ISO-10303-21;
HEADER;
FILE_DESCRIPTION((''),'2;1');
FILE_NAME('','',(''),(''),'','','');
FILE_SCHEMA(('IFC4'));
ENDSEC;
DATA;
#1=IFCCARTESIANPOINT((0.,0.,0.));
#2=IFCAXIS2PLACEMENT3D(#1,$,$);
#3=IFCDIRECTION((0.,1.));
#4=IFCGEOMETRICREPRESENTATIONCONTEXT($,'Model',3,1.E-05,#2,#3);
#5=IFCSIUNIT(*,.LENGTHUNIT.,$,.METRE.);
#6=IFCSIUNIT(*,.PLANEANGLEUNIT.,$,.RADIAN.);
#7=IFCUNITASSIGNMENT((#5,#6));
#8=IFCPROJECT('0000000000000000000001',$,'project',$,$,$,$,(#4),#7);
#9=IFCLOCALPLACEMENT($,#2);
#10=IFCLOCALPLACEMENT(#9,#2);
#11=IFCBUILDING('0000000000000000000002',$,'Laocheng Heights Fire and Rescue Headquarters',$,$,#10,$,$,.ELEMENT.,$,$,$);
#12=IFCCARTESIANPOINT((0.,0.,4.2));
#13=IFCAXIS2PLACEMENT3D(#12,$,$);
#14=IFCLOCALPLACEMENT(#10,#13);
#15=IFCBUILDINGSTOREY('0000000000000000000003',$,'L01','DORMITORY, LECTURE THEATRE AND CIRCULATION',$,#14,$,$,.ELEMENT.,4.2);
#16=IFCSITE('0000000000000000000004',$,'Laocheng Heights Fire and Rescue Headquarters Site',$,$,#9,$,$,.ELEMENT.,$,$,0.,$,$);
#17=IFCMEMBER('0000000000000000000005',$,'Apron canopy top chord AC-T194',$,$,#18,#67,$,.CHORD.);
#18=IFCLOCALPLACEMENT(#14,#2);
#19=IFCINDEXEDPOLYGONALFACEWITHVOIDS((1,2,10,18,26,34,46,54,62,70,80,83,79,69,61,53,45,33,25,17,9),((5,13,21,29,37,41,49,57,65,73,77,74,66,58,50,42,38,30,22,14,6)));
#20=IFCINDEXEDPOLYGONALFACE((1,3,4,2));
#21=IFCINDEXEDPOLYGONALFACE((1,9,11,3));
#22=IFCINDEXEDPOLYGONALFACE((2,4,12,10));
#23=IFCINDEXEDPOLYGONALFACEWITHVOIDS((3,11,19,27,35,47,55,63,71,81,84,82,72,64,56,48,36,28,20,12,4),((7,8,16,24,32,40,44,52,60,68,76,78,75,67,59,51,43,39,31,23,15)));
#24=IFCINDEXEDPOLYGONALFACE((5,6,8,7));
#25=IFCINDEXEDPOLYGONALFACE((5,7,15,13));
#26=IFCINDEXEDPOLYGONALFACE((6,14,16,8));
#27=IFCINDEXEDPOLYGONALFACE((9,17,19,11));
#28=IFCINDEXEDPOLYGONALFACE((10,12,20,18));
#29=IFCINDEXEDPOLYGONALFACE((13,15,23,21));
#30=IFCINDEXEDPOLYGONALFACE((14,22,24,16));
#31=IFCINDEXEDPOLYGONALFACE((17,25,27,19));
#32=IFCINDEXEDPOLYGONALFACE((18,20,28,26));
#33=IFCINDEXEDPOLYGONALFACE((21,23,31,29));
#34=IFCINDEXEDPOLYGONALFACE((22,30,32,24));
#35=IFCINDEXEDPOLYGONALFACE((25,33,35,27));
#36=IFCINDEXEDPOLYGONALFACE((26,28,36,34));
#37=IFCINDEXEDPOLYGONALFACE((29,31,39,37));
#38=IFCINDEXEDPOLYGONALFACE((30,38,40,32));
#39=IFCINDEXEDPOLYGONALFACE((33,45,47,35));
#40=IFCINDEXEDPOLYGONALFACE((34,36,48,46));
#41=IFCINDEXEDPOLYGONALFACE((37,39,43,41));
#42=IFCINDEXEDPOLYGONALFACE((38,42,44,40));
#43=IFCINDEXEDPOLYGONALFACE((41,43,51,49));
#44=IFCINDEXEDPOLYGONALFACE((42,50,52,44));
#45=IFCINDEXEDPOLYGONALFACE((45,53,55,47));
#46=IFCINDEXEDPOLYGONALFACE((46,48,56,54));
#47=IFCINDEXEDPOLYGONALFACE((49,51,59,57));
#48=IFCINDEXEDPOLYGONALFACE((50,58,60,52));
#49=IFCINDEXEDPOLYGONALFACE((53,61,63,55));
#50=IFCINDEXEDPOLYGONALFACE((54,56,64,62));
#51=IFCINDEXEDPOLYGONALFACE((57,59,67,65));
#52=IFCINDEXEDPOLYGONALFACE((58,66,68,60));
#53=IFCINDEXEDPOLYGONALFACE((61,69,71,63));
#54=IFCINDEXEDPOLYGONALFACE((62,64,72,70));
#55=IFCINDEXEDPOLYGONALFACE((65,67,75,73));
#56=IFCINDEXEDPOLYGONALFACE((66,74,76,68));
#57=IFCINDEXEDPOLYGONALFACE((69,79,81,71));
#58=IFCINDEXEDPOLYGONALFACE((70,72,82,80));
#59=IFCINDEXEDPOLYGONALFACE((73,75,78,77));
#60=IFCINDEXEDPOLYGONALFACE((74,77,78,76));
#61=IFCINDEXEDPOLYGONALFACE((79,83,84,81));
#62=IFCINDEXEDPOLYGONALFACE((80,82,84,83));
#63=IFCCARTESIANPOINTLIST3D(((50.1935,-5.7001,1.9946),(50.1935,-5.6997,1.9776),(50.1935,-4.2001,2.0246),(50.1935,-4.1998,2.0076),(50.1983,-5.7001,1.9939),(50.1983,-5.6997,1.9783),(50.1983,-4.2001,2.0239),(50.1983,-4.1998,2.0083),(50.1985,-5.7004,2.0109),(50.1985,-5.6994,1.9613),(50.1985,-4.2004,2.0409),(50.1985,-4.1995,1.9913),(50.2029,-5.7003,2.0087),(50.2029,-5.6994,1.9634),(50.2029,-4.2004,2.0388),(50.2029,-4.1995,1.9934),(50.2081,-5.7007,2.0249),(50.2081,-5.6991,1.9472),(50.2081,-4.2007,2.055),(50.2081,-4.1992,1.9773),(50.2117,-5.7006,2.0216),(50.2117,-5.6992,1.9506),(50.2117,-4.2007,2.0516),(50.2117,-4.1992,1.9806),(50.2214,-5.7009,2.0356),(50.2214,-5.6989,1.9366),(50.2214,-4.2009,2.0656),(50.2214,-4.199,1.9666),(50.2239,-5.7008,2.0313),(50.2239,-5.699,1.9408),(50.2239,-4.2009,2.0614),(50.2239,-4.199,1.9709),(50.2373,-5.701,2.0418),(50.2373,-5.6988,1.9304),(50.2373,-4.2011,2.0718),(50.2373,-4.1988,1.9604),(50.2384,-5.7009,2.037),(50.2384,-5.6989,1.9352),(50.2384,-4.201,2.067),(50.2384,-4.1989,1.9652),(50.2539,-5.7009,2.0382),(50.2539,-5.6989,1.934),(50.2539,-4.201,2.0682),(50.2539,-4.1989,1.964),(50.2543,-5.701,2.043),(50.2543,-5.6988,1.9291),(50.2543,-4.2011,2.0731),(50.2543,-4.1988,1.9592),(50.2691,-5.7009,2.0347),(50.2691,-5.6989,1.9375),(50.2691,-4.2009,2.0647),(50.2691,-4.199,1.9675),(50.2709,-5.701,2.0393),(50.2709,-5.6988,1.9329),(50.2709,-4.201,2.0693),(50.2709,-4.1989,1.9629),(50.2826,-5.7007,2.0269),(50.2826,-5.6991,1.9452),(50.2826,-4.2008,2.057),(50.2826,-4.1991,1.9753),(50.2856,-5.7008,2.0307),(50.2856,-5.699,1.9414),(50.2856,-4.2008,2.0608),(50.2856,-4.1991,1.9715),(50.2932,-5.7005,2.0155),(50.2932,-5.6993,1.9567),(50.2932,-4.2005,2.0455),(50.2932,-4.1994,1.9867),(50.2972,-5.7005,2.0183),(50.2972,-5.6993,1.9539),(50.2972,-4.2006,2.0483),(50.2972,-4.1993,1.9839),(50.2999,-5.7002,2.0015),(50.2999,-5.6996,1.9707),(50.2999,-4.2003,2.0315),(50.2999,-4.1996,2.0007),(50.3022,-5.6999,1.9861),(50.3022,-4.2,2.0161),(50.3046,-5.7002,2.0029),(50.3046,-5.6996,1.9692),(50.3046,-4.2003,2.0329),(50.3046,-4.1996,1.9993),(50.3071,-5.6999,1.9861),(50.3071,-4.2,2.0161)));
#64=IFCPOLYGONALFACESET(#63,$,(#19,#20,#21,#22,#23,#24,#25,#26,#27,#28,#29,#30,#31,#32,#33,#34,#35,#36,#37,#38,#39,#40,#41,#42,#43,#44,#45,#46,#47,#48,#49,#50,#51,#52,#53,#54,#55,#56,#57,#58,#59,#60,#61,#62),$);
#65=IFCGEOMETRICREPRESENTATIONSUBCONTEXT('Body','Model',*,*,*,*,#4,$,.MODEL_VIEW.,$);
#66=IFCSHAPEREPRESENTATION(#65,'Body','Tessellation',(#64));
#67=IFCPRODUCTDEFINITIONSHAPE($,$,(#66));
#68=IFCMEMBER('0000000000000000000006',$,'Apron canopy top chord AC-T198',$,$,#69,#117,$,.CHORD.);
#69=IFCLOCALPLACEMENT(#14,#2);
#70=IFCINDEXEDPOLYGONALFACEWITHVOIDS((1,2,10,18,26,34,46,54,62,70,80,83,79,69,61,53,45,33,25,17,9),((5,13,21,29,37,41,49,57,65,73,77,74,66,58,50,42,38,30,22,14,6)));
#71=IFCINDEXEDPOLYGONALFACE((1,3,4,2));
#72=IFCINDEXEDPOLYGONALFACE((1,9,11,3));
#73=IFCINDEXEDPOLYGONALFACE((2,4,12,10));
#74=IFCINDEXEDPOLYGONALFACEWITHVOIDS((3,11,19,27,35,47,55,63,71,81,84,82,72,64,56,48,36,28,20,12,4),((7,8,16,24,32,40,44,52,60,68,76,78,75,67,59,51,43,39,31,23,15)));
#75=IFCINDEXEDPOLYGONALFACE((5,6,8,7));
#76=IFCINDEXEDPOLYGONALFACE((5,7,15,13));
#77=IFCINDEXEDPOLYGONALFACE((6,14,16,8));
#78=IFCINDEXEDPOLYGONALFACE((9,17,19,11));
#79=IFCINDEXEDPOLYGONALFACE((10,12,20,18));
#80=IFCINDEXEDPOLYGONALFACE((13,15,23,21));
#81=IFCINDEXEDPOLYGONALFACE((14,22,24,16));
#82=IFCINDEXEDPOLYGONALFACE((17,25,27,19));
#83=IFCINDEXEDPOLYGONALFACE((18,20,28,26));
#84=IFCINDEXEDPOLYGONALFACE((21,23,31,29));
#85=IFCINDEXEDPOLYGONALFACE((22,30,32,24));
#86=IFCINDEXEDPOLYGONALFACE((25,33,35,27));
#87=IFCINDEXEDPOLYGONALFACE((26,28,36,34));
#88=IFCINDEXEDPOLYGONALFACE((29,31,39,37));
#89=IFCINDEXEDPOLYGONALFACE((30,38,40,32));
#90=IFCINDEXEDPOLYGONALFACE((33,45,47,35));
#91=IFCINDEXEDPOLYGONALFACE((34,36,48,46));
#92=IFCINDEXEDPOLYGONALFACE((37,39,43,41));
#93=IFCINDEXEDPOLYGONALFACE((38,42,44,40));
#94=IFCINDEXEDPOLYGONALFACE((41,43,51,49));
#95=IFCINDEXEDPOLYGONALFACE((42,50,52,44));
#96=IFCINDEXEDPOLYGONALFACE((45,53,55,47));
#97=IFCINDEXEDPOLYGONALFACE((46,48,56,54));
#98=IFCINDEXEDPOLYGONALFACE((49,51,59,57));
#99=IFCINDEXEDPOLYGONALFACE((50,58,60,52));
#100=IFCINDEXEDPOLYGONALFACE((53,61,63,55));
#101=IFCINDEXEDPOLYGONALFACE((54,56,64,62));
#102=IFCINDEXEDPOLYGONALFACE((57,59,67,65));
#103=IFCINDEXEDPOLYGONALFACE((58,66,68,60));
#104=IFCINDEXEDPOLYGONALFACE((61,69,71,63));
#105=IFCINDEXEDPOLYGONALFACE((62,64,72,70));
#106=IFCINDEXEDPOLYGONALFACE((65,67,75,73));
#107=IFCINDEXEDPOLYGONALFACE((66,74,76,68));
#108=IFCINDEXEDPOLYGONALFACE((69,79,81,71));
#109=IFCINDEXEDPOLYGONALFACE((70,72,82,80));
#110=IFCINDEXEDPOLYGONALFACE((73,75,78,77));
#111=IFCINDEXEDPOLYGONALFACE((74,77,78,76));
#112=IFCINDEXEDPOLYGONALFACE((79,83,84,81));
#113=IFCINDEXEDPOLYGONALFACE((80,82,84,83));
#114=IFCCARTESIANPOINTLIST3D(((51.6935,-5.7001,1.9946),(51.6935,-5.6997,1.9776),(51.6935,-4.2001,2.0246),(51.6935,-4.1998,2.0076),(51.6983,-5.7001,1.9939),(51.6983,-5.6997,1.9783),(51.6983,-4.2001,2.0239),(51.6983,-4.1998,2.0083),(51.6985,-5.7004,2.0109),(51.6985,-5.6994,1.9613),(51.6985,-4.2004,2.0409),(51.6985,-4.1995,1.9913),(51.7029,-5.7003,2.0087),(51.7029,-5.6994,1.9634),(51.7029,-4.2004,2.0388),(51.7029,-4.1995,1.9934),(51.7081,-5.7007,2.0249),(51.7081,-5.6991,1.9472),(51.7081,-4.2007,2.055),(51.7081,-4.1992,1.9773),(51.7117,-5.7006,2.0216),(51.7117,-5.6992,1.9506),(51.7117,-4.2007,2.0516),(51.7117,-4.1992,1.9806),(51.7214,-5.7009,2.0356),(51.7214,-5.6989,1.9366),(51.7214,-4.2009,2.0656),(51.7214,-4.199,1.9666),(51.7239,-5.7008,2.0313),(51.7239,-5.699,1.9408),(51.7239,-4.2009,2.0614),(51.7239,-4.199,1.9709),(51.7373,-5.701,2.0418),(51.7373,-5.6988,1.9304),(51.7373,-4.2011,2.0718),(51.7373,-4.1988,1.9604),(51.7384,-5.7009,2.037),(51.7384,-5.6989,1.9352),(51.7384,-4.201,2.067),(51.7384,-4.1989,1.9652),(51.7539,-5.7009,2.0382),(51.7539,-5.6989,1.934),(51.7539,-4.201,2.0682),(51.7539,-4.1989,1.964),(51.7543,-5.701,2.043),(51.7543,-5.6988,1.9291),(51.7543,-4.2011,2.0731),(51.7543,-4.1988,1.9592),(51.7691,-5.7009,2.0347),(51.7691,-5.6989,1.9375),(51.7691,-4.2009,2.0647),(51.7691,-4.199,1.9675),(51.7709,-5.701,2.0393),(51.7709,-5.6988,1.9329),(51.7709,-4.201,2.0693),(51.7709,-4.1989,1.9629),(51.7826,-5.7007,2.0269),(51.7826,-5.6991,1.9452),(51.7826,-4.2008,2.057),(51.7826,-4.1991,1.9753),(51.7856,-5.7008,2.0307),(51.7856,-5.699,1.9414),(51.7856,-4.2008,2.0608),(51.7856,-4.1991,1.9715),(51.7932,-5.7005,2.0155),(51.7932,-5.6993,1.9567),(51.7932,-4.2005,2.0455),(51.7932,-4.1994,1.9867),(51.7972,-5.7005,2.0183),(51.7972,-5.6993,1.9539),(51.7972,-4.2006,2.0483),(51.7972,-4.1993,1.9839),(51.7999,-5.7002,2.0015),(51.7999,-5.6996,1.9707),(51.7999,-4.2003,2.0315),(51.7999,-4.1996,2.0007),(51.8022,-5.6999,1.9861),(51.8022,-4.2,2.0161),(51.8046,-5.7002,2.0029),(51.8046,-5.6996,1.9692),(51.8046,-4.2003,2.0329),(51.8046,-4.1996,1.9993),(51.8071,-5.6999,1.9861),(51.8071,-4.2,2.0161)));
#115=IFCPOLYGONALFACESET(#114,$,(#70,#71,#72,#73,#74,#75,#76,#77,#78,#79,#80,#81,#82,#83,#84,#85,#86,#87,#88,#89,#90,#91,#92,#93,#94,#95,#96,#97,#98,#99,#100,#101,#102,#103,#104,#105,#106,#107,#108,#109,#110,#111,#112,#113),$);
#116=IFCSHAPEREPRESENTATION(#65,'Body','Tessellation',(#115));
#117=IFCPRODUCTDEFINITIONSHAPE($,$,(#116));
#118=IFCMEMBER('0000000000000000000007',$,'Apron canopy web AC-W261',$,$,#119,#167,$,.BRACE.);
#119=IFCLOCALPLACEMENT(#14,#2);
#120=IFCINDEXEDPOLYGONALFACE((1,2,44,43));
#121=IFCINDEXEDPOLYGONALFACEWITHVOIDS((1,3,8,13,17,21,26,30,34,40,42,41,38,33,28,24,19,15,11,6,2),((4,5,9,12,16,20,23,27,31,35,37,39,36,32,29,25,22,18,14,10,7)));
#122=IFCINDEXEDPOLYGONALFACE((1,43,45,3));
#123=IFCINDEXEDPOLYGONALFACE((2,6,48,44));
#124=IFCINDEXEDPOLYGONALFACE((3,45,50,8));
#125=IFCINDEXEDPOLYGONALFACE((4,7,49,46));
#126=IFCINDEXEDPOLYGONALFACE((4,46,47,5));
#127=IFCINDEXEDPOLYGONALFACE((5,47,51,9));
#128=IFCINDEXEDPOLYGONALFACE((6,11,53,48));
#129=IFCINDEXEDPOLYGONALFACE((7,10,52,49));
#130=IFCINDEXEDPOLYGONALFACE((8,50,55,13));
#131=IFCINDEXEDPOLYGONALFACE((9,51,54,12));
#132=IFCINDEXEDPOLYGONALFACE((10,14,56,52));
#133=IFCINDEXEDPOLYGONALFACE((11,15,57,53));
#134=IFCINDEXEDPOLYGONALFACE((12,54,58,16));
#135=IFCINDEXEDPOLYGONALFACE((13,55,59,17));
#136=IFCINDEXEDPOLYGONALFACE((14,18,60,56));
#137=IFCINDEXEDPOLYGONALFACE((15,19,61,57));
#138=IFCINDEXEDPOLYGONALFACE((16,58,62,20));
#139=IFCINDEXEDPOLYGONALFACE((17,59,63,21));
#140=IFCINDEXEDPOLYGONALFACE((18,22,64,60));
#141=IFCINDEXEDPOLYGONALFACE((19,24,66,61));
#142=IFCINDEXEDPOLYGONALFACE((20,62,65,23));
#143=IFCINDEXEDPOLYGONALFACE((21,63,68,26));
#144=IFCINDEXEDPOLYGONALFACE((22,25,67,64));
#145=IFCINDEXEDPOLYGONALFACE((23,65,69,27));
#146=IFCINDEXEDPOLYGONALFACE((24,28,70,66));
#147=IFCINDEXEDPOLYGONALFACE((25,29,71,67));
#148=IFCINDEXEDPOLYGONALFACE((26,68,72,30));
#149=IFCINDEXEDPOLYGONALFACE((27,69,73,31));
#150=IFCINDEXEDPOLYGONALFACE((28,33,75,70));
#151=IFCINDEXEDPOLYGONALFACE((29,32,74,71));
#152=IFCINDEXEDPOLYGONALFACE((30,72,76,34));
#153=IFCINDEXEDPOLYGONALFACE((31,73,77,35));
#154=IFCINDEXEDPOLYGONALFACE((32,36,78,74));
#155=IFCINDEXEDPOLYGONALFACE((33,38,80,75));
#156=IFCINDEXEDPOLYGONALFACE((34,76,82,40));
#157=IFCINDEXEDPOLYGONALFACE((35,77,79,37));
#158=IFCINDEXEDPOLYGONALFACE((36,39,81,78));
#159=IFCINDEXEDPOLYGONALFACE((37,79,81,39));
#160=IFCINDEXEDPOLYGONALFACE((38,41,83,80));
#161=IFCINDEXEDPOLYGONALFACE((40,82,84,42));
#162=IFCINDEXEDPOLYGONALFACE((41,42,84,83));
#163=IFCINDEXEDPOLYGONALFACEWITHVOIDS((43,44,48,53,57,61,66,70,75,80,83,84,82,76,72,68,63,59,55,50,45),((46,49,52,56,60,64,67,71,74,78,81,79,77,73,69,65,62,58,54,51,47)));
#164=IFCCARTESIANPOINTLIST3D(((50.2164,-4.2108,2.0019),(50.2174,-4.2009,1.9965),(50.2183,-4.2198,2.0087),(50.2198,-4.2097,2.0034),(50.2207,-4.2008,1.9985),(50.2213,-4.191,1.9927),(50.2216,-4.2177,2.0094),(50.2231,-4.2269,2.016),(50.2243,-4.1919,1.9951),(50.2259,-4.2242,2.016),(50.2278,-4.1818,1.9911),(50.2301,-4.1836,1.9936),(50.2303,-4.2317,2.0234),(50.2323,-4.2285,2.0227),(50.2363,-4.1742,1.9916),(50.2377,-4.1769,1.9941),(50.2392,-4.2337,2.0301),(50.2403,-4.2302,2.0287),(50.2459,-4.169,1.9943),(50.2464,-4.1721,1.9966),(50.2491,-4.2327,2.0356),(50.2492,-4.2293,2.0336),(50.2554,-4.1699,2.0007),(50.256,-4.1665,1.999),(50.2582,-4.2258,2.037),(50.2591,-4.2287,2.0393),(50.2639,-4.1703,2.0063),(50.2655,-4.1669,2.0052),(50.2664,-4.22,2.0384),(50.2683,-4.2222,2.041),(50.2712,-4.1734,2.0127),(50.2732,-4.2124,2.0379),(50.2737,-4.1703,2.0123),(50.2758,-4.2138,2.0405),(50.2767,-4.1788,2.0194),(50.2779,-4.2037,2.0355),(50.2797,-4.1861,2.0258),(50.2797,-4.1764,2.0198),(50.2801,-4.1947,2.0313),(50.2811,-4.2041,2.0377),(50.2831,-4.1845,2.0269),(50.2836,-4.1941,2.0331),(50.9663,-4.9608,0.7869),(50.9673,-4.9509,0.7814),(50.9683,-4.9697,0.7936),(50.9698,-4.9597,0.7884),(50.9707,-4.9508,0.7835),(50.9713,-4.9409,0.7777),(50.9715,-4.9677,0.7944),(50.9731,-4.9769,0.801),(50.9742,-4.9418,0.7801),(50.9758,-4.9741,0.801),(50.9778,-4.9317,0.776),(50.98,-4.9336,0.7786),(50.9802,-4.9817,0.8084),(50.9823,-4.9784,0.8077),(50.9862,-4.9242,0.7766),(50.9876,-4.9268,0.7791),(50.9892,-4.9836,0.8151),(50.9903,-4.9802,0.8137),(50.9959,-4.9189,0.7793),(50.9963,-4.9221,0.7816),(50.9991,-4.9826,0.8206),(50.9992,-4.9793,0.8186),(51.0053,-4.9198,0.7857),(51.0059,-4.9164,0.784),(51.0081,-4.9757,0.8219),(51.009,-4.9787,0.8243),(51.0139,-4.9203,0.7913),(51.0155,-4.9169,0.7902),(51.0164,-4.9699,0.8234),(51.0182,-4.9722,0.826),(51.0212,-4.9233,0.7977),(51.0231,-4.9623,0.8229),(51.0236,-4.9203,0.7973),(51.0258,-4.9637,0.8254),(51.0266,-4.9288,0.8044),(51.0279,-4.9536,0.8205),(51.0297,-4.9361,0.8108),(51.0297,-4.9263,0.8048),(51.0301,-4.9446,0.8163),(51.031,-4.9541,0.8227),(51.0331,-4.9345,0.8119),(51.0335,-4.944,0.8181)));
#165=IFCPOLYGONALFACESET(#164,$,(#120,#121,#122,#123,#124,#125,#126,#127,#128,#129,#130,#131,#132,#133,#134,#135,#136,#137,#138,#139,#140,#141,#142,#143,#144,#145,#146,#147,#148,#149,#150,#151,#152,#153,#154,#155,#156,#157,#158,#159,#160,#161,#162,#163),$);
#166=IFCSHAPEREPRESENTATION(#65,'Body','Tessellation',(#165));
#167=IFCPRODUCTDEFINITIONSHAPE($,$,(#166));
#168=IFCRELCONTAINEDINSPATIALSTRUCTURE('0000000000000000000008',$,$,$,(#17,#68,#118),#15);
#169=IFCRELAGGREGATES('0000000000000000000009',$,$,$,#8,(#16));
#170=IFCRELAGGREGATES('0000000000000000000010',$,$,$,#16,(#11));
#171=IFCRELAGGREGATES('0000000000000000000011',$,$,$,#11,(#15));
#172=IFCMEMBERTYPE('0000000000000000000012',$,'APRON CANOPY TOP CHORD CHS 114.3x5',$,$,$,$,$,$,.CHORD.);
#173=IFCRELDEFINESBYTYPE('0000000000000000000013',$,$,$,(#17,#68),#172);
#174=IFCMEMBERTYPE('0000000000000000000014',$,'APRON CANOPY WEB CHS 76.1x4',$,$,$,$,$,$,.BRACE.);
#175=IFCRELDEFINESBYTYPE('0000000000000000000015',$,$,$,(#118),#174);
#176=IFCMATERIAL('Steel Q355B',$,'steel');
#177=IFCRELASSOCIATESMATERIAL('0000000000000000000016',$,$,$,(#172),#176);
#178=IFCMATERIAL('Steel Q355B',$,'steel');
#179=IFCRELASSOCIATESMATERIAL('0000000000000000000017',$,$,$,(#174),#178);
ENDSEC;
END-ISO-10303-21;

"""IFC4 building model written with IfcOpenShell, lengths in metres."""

from ifc_helpers import new_model, si_unit, direction, frame, origin, origin_2d, place, context, subcontext, project, spatial, hollow_circle, extrude, material, material_profile, profile_set, type_object, element, save


model = new_model("IFC4")

# Units and contexts
model_context = context("Model", 3, precision=1e-05, world=origin(), true_north=direction((0.0, 1.0)))
body_context = subcontext(model_context, "Body", "Model", "MODEL_VIEW")
ifc_project = project(units=[si_unit("LENGTHUNIT", "METRE"), si_unit("PLANEANGLEUNIT", "RADIAN")], contexts=[model_context])

# Site, building, storey
site_placement = place(None, origin())
site = spatial("IfcSite", under=ifc_project, at=site_placement, Name="Laocheng Heights Fire and Rescue Headquarters Site", CompositionType="ELEMENT", RefElevation=0.0)
building_placement = place(site_placement, origin())
building = spatial("IfcBuilding", under=site, at=building_placement, Name="Laocheng Heights Fire and Rescue Headquarters", CompositionType="ELEMENT")
storey_placement = place(building_placement, frame((0.0, 0.0, 4.2)))
storey = spatial("IfcBuildingStorey", under=building, at=storey_placement, Name="L01", Description="DORMITORY, LECTURE THEATRE AND CIRCULATION", CompositionType="ELEMENT", Elevation=4.2)

# Members
ifc_material_1 = material(Name="Steel Q355B", Category="steel")
ifc_material_profile_1 = material_profile(ifc_material_1, hollow_circle(Radius=0.0571, WallThickness=0.0049, at=origin_2d()), Name="CHS 114.3x5")
ifc_profile_set_1 = profile_set([ifc_material_profile_1], Name="Steel Q355B")
member_type_1 = type_object("IfcMemberType", Name="APRON CANOPY TOP CHORD CHS 114.3x5", PredefinedType="CHORD", material=ifc_profile_set_1)
for number, where, z_axis, x_axis, name in (
    (1, (50.25, -4.2, 2.0161), (0.0, -0.9998, -0.020016), (1.0, 0.0, 0.0), "Apron canopy top chord AC-T194"),
    (2, (51.75, -4.2, 2.0161), (0.0, -0.9998, -0.020016), (1.0, 0.0, 0.0), "Apron canopy top chord AC-T198"),
):
    element("IfcMember", number, at=place(storey_placement, frame(where, z_axis=z_axis, x_axis=x_axis)), inside=storey, type_object=member_type_1, Name=name, PredefinedType="CHORD", context=body_context, shape_type="SweptSolid", body=[
        extrude(hollow_circle(Radius=0.0571, WallThickness=0.0049, at=origin_2d()), origin(), (0.0, 0.0, 1.0), 1.5002),
    ])
ifc_material_2 = material(Name="Steel Q355B", Category="steel")
ifc_material_profile_2 = material_profile(ifc_material_2, hollow_circle(Radius=0.0381, WallThickness=0.0039, at=origin_2d()), Name="CHS 76.1x4")
ifc_profile_set_2 = profile_set([ifc_material_profile_2], Name="Steel Q355B")
member_type_2 = type_object("IfcMemberType", Name="APRON CANOPY WEB CHS 76.1x4", PredefinedType="BRACE", material=ifc_profile_set_2)
for number, where, z_axis, x_axis, name in (
    (3, (51.0, -4.95, 0.801), (-0.465002, 0.465002, 0.753357), (-0.707107, -0.707107, 0.0), "Apron canopy web AC-W261"),
):
    element("IfcMember", number, at=place(storey_placement, frame(where, z_axis=z_axis, x_axis=x_axis)), inside=storey, type_object=member_type_2, Name=name, PredefinedType="BRACE", context=body_context, shape_type="SweptSolid", body=[
        extrude(hollow_circle(Radius=0.0381, WallThickness=0.0039, at=origin_2d()), origin(), (0.0, 0.0, 1.0), 1.6128),
    ])

save(model, "model.ifc")
